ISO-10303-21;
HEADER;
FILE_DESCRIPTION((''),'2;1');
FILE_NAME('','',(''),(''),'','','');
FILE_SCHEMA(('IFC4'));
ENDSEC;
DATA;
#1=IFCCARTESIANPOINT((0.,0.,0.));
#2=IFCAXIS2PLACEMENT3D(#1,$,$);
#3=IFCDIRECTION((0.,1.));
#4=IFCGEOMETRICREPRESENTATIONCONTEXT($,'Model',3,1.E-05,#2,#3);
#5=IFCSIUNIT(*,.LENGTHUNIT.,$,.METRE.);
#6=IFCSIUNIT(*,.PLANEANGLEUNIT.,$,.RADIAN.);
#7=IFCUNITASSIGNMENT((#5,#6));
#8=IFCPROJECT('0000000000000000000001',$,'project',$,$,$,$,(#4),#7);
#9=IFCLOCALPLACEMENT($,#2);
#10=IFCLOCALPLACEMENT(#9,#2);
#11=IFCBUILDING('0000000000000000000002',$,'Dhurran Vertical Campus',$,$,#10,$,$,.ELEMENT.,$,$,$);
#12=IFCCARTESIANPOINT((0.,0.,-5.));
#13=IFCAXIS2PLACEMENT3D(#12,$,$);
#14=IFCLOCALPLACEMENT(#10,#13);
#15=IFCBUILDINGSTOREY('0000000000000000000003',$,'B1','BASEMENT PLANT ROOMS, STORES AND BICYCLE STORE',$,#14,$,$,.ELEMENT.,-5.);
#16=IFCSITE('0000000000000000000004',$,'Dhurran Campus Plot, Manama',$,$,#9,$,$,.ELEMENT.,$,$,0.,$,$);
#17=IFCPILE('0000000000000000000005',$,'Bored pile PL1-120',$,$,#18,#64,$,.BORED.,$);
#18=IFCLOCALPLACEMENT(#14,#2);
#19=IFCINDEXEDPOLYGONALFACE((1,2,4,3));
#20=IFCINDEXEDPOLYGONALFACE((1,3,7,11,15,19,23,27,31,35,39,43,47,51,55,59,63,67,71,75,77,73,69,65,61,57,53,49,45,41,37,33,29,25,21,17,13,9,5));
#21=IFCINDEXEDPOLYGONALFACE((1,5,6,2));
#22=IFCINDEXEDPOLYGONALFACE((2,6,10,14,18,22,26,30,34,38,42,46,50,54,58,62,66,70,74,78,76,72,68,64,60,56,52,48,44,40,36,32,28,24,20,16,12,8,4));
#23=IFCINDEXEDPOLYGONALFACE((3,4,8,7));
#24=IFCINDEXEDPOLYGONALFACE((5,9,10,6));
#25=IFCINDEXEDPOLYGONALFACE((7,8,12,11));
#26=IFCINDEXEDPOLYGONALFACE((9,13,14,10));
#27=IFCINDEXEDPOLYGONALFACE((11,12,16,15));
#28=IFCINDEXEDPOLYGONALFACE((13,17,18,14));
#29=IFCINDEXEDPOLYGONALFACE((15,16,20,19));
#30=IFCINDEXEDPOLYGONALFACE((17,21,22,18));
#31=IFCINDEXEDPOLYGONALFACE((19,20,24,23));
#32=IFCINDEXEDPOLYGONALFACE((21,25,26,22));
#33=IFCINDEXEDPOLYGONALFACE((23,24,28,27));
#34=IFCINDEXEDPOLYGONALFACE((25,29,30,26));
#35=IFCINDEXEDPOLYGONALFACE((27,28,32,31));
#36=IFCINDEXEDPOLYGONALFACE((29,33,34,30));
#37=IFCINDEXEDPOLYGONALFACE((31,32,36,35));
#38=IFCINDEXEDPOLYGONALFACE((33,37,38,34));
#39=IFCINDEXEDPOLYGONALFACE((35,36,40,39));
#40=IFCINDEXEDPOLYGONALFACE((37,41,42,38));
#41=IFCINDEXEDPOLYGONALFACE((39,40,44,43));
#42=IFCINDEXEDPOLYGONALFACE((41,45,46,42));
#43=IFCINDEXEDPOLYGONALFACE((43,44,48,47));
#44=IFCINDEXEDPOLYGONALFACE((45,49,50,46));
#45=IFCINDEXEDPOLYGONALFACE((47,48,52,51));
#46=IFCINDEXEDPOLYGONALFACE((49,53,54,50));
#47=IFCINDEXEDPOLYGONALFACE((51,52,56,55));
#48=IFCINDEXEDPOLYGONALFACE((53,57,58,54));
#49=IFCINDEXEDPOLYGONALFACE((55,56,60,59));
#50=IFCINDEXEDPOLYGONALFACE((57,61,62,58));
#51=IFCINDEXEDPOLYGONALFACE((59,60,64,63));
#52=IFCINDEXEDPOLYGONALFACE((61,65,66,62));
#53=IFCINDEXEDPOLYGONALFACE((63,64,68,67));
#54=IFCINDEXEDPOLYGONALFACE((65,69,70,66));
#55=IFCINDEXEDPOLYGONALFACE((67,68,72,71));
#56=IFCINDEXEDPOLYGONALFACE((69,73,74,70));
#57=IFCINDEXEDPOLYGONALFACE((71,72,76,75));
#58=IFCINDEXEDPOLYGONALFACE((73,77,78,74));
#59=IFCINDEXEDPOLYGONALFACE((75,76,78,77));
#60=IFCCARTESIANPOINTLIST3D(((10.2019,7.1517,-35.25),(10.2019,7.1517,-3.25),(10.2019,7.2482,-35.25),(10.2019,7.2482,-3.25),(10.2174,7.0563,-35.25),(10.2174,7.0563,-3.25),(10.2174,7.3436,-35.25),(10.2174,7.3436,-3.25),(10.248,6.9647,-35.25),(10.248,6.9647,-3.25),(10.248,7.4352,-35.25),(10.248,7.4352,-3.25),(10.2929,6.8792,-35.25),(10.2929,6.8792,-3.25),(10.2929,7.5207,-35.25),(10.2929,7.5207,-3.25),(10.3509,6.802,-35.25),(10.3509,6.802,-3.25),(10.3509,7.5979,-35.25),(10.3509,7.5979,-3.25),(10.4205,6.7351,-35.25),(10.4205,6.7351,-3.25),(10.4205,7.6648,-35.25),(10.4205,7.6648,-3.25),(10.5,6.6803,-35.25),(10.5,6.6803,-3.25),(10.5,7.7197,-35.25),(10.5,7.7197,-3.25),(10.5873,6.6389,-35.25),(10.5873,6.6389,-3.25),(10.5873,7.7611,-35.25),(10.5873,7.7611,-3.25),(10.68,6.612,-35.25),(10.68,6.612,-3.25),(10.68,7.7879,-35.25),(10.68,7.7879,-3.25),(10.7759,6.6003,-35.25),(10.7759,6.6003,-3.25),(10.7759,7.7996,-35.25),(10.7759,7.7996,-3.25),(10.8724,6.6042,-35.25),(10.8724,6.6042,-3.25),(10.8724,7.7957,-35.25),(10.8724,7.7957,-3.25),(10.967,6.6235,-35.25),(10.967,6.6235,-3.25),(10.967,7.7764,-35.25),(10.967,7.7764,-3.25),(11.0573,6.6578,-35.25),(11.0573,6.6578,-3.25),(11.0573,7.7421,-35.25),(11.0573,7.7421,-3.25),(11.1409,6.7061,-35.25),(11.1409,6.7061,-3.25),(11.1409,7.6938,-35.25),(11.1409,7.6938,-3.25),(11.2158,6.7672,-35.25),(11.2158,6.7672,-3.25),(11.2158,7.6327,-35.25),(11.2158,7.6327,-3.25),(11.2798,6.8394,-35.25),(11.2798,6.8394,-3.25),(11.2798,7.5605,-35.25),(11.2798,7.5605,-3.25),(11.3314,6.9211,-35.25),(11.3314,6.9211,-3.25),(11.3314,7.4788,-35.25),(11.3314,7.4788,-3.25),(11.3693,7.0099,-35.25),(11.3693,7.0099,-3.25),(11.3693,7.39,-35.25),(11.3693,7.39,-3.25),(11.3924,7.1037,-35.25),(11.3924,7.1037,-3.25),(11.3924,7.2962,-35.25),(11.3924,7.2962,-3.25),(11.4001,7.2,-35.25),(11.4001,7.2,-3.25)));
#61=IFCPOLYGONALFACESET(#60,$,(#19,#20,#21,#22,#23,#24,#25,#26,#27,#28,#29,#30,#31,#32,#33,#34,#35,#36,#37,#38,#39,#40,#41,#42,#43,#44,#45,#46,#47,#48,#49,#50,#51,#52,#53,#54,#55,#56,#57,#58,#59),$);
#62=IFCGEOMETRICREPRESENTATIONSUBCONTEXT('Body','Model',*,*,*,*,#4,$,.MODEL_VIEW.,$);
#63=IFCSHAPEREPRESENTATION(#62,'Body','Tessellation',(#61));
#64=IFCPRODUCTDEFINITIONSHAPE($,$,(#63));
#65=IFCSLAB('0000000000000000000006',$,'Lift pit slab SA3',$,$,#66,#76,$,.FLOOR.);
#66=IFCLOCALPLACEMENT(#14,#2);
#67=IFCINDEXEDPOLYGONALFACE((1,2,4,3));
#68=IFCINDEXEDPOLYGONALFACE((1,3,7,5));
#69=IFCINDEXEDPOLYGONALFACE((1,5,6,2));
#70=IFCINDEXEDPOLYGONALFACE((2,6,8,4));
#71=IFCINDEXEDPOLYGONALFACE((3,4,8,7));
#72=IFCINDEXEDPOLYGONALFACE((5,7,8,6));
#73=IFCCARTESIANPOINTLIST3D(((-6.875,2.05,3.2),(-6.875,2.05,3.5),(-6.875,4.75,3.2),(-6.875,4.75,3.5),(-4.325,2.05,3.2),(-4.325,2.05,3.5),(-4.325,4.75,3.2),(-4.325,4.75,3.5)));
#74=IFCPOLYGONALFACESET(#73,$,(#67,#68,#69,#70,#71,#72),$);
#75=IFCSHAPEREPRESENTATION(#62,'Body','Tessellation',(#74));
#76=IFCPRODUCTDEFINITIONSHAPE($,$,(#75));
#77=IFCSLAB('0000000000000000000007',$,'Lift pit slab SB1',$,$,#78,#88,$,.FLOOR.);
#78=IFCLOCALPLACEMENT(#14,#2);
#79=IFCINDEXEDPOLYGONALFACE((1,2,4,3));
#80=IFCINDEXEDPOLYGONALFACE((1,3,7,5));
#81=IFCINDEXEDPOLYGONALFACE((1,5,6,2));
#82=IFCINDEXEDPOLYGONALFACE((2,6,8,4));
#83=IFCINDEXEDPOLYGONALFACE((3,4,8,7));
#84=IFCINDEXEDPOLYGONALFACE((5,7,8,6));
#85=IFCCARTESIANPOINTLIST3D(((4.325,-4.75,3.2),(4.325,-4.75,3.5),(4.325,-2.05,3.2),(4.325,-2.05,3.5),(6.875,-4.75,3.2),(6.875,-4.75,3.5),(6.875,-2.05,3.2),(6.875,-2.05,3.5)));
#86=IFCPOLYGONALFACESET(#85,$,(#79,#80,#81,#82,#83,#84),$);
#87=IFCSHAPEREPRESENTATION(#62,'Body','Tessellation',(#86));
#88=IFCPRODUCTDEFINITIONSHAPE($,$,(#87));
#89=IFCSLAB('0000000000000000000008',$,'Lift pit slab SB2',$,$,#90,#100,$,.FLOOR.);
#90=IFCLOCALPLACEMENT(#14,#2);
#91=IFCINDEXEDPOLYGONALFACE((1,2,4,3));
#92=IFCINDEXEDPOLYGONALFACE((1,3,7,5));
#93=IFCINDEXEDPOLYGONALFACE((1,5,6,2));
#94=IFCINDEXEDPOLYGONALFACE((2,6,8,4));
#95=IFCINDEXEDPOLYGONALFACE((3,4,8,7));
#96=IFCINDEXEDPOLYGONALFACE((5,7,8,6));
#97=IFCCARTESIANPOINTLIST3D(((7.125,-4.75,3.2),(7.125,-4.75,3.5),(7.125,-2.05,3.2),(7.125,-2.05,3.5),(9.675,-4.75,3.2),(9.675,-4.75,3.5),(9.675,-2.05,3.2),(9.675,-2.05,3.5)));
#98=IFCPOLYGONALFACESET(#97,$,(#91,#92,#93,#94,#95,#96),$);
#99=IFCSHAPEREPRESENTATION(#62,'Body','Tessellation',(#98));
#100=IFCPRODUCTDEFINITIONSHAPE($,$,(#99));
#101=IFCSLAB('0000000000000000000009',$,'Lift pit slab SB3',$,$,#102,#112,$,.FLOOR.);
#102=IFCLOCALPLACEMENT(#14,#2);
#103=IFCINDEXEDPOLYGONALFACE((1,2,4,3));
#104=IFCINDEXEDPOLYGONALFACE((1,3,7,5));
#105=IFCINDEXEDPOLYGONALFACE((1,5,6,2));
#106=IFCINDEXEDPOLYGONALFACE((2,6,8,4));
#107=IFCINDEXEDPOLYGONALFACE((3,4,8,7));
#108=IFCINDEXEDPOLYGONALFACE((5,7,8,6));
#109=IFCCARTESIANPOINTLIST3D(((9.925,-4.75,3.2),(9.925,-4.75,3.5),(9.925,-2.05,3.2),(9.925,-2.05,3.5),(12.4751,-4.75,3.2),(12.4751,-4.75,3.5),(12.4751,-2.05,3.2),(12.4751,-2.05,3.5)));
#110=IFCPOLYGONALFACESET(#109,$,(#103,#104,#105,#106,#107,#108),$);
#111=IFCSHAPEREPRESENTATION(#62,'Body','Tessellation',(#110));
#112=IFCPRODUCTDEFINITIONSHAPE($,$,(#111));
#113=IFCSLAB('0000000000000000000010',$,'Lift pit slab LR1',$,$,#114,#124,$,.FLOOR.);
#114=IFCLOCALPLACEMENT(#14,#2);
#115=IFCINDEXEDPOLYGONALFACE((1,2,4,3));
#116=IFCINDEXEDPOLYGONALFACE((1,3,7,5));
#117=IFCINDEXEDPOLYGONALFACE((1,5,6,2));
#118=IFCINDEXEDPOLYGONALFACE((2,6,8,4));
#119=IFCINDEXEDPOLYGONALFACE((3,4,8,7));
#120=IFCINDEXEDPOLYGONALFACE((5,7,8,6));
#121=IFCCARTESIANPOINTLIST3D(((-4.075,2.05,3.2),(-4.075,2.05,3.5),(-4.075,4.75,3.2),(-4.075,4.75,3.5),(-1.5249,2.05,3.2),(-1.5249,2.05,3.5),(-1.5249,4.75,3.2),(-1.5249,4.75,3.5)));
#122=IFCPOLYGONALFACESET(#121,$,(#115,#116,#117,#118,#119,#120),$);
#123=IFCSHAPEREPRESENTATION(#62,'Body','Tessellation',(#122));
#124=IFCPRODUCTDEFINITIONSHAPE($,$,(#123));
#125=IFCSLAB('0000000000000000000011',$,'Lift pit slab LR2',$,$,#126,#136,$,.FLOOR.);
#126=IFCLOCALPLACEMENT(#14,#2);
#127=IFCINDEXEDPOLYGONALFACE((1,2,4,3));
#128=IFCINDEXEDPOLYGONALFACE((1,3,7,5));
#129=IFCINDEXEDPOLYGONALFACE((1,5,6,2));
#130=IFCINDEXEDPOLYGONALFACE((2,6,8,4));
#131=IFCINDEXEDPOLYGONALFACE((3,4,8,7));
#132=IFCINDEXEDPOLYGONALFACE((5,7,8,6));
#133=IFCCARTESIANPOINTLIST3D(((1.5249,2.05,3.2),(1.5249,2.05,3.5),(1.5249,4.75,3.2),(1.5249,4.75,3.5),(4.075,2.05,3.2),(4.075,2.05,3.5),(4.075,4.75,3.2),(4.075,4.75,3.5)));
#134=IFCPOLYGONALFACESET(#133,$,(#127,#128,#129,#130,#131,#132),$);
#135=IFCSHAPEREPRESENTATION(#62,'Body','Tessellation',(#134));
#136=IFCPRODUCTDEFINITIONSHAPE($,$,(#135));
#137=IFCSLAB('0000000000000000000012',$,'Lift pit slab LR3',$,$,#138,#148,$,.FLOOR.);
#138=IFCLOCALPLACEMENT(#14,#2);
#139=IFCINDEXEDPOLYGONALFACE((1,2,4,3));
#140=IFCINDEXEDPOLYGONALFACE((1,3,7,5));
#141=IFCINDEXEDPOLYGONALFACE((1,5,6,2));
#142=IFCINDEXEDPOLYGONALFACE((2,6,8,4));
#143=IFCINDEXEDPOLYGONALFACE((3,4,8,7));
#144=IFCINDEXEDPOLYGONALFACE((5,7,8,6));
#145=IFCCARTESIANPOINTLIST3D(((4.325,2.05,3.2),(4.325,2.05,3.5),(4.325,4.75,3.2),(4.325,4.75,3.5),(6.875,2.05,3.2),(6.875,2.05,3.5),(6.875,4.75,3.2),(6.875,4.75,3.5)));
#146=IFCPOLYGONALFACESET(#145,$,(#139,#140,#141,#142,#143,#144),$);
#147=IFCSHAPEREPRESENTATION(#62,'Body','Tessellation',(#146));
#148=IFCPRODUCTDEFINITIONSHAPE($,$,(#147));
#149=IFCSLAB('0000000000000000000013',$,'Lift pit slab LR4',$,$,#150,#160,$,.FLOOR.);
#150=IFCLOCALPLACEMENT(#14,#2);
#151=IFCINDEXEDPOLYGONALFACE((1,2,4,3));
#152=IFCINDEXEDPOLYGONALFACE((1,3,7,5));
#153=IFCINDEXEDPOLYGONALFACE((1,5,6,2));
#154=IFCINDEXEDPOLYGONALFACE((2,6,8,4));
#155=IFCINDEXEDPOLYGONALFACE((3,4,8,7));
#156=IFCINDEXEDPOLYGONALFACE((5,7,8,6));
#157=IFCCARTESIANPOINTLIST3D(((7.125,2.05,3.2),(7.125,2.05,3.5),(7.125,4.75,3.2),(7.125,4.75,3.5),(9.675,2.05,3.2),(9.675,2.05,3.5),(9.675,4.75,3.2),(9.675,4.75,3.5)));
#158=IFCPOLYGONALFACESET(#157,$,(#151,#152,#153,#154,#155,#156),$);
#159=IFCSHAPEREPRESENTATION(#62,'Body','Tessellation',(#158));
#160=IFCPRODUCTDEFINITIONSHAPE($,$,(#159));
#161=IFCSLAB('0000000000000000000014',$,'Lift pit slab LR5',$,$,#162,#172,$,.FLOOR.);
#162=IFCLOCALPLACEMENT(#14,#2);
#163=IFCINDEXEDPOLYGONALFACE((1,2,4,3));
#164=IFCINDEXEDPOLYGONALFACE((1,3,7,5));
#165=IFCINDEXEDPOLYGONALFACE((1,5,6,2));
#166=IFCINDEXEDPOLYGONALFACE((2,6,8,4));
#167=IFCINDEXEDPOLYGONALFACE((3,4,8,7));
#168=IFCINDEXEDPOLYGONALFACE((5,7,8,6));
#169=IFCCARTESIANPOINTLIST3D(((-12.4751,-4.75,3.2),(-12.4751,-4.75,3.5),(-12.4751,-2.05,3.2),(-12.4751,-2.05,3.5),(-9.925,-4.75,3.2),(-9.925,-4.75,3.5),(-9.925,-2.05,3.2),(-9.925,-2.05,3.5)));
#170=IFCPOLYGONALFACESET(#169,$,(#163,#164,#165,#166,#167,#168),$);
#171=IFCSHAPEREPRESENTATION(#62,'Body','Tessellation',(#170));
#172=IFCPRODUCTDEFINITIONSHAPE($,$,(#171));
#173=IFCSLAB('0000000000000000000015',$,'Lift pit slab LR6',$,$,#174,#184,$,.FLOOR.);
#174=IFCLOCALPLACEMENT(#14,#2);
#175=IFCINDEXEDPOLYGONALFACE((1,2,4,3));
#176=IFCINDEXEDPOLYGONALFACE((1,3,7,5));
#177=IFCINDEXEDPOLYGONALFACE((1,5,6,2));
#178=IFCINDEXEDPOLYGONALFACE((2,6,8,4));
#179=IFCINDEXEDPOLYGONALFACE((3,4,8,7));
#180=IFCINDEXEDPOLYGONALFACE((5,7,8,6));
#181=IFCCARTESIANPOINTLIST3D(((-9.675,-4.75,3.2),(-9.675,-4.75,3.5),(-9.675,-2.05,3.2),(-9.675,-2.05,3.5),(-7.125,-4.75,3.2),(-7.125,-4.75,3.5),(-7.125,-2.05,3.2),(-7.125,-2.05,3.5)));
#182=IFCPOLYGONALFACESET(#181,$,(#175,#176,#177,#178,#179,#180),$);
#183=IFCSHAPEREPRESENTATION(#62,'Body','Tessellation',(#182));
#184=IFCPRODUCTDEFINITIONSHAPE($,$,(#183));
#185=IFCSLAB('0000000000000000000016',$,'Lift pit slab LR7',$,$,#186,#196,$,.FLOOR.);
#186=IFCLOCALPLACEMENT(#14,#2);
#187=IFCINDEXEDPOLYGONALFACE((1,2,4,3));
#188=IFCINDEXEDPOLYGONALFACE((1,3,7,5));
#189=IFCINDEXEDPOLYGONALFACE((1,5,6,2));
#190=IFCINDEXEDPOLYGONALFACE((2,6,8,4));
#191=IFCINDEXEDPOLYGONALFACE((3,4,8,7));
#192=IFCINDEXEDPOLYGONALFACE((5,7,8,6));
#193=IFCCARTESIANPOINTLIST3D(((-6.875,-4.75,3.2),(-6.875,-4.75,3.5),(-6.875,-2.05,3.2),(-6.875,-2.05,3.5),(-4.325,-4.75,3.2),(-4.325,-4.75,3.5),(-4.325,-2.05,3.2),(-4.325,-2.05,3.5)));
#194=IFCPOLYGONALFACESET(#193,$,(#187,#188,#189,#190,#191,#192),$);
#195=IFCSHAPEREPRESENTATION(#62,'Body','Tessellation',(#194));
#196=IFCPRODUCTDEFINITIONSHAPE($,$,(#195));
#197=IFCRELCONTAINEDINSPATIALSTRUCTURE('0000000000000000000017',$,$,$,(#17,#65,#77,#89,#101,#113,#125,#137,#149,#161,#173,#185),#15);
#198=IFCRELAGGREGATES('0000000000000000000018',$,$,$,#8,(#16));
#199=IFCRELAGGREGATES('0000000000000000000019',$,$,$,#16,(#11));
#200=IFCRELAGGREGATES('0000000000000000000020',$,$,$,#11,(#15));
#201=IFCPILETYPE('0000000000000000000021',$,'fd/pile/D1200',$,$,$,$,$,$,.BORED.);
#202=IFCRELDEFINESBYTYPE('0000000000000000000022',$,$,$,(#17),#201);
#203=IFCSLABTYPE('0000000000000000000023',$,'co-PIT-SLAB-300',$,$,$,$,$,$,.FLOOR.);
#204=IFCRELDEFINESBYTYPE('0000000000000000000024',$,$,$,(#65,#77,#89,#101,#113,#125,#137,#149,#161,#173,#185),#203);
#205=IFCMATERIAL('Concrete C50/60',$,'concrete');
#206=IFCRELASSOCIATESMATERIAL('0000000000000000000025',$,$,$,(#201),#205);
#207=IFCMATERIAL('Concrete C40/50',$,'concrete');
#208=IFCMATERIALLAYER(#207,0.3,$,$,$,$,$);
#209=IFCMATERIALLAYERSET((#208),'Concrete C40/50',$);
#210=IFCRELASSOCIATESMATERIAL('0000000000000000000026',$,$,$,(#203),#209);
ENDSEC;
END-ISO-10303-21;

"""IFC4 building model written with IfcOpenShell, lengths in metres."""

from ifc_helpers import new_model, si_unit, direction, frame, origin, origin_2d, place, context, subcontext, project, spatial, polyline, circle, outline, extrude, material, layer, layer_set, material_profile, profile_set, type_object, element, save


model = new_model("IFC4")

# Units and contexts
model_context = context("Model", 3, precision=1e-05, world=origin(), true_north=direction((0.0, 1.0)))
body_context = subcontext(model_context, "Body", "Model", "MODEL_VIEW")
ifc_project = project(units=[si_unit("LENGTHUNIT", "METRE"), si_unit("PLANEANGLEUNIT", "RADIAN")], contexts=[model_context])

# Site, building, storey
site_placement = place(None, origin())
site = spatial("IfcSite", under=ifc_project, at=site_placement, Name="Dhurran Campus Plot, Manama", CompositionType="ELEMENT", RefElevation=0.0)
building_placement = place(site_placement, origin())
building = spatial("IfcBuilding", under=site, at=building_placement, Name="Dhurran Vertical Campus", CompositionType="ELEMENT")
storey_placement = place(building_placement, frame((0.0, 0.0, -5.0)))
storey = spatial("IfcBuildingStorey", under=building, at=storey_placement, Name="B1", Description="BASEMENT PLANT ROOMS, STORES AND BICYCLE STORE", CompositionType="ELEMENT", Elevation=-5.0)

# Pile
ifc_material_1 = material(Name="Concrete C50/60", Category="concrete")
ifc_material_profile = material_profile(ifc_material_1, circle(Radius=0.6001, at=origin_2d()), Name="fd/pile/D1200")
ifc_profile_set = profile_set([ifc_material_profile], Name="Concrete C50/60")
pile_type = type_object("IfcPileType", Name="fd/pile/D1200", PredefinedType="BORED", material=ifc_profile_set)
for number, where, z_axis, x_axis, name in (
    (1, (10.8, 7.2, -3.25), (0.0, 0.0, -1.0), (1.0, 0.0, 0.0), "Bored pile PL1-120"),
):
    element("IfcPile", number, at=place(storey_placement, frame(where, z_axis=z_axis, x_axis=x_axis)), inside=storey, type_object=pile_type, Name=name, PredefinedType="BORED", context=body_context, shape_type="SweptSolid", body=[
        extrude(circle(Radius=0.6001, at=origin_2d()), origin(), (0.0, 0.0, 1.0), 32.0),
    ])

# Slabs
ifc_material_2 = material(Name="Concrete C40/50", Category="concrete")
ifc_layer_1 = layer(ifc_material_2, 0.3)
ifc_layer_set_1 = layer_set([ifc_layer_1], Name="Concrete C40/50")
slab_type_1 = type_object("IfcSlabType", Name="co-PIT-SLAB-300", PredefinedType="FLOOR", material=ifc_layer_set_1)
slab_1_placement = place(storey_placement, frame((0.0, 0.0, 3.2)))
element("IfcSlab", 2, at=slab_1_placement, inside=storey, type_object=slab_type_1, Name="Lift pit slab SA3", PredefinedType="FLOOR", context=body_context, shape_type="SweptSolid", body=[
    extrude(outline(polyline([(-6.875, 2.05), (-4.325, 2.05), (-4.325, 4.75), (-6.875, 4.75), (-6.875, 2.05)])), origin(), (0.0, 0.0, 1.0), 0.3),
])
slab_2_placement = place(storey_placement, frame((0.0, 0.0, 3.2)))
element("IfcSlab", 3, at=slab_2_placement, inside=storey, type_object=slab_type_1, Name="Lift pit slab SB1", PredefinedType="FLOOR", context=body_context, shape_type="SweptSolid", body=[
    extrude(outline(polyline([(4.325, -4.75), (6.875, -4.75), (6.875, -2.05), (4.325, -2.05), (4.325, -4.75)])), origin(), (0.0, 0.0, 1.0), 0.3),
])
slab_3_placement = place(storey_placement, frame((0.0, 0.0, 3.2)))
element("IfcSlab", 4, at=slab_3_placement, inside=storey, type_object=slab_type_1, Name="Lift pit slab SB2", PredefinedType="FLOOR", context=body_context, shape_type="SweptSolid", body=[
    extrude(outline(polyline([(7.125, -4.75), (9.675, -4.75), (9.675, -2.05), (7.125, -2.05), (7.125, -4.75)])), origin(), (0.0, 0.0, 1.0), 0.3),
])
slab_4_placement = place(storey_placement, frame((0.0, 0.0, 3.2)))
element("IfcSlab", 5, at=slab_4_placement, inside=storey, type_object=slab_type_1, Name="Lift pit slab SB3", PredefinedType="FLOOR", context=body_context, shape_type="SweptSolid", body=[
    extrude(outline(polyline([(9.925, -4.75), (12.4751, -4.75), (12.4751, -2.05), (9.925, -2.05), (9.925, -4.75)])), origin(), (0.0, 0.0, 1.0), 0.3),
])
slab_5_placement = place(storey_placement, frame((0.0, 0.0, 3.2)))
element("IfcSlab", 6, at=slab_5_placement, inside=storey, type_object=slab_type_1, Name="Lift pit slab LR1", PredefinedType="FLOOR", context=body_context, shape_type="SweptSolid", body=[
    extrude(outline(polyline([(-4.075, 2.05), (-1.5249, 2.05), (-1.5249, 4.75), (-4.075, 4.75), (-4.075, 2.05)])), origin(), (0.0, 0.0, 1.0), 0.3),
])
slab_6_placement = place(storey_placement, frame((0.0, 0.0, 3.2)))
element("IfcSlab", 7, at=slab_6_placement, inside=storey, type_object=slab_type_1, Name="Lift pit slab LR2", PredefinedType="FLOOR", context=body_context, shape_type="SweptSolid", body=[
    extrude(outline(polyline([(1.5249, 2.05), (4.075, 2.05), (4.075, 4.75), (1.5249, 4.75), (1.5249, 2.05)])), origin(), (0.0, 0.0, 1.0), 0.3),
])
slab_7_placement = place(storey_placement, frame((0.0, 0.0, 3.2)))
element("IfcSlab", 8, at=slab_7_placement, inside=storey, type_object=slab_type_1, Name="Lift pit slab LR3", PredefinedType="FLOOR", context=body_context, shape_type="SweptSolid", body=[
    extrude(outline(polyline([(4.325, 2.05), (6.875, 2.05), (6.875, 4.75), (4.325, 4.75), (4.325, 2.05)])), origin(), (0.0, 0.0, 1.0), 0.3),
])
slab_8_placement = place(storey_placement, frame((0.0, 0.0, 3.2)))
element("IfcSlab", 9, at=slab_8_placement, inside=storey, type_object=slab_type_1, Name="Lift pit slab LR4", PredefinedType="FLOOR", context=body_context, shape_type="SweptSolid", body=[
    extrude(outline(polyline([(7.125, 2.05), (9.675, 2.05), (9.675, 4.75), (7.125, 4.75), (7.125, 2.05)])), origin(), (0.0, 0.0, 1.0), 0.3),
])
slab_9_placement = place(storey_placement, frame((0.0, 0.0, 3.2)))
element("IfcSlab", 10, at=slab_9_placement, inside=storey, type_object=slab_type_1, Name="Lift pit slab LR5", PredefinedType="FLOOR", context=body_context, shape_type="SweptSolid", body=[
    extrude(outline(polyline([(-12.4751, -4.75), (-9.925, -4.75), (-9.925, -2.05), (-12.4751, -2.05), (-12.4751, -4.75)])), origin(), (0.0, 0.0, 1.0), 0.3),
])
slab_10_placement = place(storey_placement, frame((0.0, 0.0, 3.2)))
element("IfcSlab", 11, at=slab_10_placement, inside=storey, type_object=slab_type_1, Name="Lift pit slab LR6", PredefinedType="FLOOR", context=body_context, shape_type="SweptSolid", body=[
    extrude(outline(polyline([(-9.675, -4.75), (-7.125, -4.75), (-7.125, -2.05), (-9.675, -2.05), (-9.675, -4.75)])), origin(), (0.0, 0.0, 1.0), 0.3),
])
slab_11_placement = place(storey_placement, frame((0.0, 0.0, 3.2)))
element("IfcSlab", 12, at=slab_11_placement, inside=storey, type_object=slab_type_1, Name="Lift pit slab LR7", PredefinedType="FLOOR", context=body_context, shape_type="SweptSolid", body=[
    extrude(outline(polyline([(-6.875, -4.75), (-4.325, -4.75), (-4.325, -2.05), (-6.875, -2.05), (-6.875, -4.75)])), origin(), (0.0, 0.0, 1.0), 0.3),
])

save(model, "model.ifc")
